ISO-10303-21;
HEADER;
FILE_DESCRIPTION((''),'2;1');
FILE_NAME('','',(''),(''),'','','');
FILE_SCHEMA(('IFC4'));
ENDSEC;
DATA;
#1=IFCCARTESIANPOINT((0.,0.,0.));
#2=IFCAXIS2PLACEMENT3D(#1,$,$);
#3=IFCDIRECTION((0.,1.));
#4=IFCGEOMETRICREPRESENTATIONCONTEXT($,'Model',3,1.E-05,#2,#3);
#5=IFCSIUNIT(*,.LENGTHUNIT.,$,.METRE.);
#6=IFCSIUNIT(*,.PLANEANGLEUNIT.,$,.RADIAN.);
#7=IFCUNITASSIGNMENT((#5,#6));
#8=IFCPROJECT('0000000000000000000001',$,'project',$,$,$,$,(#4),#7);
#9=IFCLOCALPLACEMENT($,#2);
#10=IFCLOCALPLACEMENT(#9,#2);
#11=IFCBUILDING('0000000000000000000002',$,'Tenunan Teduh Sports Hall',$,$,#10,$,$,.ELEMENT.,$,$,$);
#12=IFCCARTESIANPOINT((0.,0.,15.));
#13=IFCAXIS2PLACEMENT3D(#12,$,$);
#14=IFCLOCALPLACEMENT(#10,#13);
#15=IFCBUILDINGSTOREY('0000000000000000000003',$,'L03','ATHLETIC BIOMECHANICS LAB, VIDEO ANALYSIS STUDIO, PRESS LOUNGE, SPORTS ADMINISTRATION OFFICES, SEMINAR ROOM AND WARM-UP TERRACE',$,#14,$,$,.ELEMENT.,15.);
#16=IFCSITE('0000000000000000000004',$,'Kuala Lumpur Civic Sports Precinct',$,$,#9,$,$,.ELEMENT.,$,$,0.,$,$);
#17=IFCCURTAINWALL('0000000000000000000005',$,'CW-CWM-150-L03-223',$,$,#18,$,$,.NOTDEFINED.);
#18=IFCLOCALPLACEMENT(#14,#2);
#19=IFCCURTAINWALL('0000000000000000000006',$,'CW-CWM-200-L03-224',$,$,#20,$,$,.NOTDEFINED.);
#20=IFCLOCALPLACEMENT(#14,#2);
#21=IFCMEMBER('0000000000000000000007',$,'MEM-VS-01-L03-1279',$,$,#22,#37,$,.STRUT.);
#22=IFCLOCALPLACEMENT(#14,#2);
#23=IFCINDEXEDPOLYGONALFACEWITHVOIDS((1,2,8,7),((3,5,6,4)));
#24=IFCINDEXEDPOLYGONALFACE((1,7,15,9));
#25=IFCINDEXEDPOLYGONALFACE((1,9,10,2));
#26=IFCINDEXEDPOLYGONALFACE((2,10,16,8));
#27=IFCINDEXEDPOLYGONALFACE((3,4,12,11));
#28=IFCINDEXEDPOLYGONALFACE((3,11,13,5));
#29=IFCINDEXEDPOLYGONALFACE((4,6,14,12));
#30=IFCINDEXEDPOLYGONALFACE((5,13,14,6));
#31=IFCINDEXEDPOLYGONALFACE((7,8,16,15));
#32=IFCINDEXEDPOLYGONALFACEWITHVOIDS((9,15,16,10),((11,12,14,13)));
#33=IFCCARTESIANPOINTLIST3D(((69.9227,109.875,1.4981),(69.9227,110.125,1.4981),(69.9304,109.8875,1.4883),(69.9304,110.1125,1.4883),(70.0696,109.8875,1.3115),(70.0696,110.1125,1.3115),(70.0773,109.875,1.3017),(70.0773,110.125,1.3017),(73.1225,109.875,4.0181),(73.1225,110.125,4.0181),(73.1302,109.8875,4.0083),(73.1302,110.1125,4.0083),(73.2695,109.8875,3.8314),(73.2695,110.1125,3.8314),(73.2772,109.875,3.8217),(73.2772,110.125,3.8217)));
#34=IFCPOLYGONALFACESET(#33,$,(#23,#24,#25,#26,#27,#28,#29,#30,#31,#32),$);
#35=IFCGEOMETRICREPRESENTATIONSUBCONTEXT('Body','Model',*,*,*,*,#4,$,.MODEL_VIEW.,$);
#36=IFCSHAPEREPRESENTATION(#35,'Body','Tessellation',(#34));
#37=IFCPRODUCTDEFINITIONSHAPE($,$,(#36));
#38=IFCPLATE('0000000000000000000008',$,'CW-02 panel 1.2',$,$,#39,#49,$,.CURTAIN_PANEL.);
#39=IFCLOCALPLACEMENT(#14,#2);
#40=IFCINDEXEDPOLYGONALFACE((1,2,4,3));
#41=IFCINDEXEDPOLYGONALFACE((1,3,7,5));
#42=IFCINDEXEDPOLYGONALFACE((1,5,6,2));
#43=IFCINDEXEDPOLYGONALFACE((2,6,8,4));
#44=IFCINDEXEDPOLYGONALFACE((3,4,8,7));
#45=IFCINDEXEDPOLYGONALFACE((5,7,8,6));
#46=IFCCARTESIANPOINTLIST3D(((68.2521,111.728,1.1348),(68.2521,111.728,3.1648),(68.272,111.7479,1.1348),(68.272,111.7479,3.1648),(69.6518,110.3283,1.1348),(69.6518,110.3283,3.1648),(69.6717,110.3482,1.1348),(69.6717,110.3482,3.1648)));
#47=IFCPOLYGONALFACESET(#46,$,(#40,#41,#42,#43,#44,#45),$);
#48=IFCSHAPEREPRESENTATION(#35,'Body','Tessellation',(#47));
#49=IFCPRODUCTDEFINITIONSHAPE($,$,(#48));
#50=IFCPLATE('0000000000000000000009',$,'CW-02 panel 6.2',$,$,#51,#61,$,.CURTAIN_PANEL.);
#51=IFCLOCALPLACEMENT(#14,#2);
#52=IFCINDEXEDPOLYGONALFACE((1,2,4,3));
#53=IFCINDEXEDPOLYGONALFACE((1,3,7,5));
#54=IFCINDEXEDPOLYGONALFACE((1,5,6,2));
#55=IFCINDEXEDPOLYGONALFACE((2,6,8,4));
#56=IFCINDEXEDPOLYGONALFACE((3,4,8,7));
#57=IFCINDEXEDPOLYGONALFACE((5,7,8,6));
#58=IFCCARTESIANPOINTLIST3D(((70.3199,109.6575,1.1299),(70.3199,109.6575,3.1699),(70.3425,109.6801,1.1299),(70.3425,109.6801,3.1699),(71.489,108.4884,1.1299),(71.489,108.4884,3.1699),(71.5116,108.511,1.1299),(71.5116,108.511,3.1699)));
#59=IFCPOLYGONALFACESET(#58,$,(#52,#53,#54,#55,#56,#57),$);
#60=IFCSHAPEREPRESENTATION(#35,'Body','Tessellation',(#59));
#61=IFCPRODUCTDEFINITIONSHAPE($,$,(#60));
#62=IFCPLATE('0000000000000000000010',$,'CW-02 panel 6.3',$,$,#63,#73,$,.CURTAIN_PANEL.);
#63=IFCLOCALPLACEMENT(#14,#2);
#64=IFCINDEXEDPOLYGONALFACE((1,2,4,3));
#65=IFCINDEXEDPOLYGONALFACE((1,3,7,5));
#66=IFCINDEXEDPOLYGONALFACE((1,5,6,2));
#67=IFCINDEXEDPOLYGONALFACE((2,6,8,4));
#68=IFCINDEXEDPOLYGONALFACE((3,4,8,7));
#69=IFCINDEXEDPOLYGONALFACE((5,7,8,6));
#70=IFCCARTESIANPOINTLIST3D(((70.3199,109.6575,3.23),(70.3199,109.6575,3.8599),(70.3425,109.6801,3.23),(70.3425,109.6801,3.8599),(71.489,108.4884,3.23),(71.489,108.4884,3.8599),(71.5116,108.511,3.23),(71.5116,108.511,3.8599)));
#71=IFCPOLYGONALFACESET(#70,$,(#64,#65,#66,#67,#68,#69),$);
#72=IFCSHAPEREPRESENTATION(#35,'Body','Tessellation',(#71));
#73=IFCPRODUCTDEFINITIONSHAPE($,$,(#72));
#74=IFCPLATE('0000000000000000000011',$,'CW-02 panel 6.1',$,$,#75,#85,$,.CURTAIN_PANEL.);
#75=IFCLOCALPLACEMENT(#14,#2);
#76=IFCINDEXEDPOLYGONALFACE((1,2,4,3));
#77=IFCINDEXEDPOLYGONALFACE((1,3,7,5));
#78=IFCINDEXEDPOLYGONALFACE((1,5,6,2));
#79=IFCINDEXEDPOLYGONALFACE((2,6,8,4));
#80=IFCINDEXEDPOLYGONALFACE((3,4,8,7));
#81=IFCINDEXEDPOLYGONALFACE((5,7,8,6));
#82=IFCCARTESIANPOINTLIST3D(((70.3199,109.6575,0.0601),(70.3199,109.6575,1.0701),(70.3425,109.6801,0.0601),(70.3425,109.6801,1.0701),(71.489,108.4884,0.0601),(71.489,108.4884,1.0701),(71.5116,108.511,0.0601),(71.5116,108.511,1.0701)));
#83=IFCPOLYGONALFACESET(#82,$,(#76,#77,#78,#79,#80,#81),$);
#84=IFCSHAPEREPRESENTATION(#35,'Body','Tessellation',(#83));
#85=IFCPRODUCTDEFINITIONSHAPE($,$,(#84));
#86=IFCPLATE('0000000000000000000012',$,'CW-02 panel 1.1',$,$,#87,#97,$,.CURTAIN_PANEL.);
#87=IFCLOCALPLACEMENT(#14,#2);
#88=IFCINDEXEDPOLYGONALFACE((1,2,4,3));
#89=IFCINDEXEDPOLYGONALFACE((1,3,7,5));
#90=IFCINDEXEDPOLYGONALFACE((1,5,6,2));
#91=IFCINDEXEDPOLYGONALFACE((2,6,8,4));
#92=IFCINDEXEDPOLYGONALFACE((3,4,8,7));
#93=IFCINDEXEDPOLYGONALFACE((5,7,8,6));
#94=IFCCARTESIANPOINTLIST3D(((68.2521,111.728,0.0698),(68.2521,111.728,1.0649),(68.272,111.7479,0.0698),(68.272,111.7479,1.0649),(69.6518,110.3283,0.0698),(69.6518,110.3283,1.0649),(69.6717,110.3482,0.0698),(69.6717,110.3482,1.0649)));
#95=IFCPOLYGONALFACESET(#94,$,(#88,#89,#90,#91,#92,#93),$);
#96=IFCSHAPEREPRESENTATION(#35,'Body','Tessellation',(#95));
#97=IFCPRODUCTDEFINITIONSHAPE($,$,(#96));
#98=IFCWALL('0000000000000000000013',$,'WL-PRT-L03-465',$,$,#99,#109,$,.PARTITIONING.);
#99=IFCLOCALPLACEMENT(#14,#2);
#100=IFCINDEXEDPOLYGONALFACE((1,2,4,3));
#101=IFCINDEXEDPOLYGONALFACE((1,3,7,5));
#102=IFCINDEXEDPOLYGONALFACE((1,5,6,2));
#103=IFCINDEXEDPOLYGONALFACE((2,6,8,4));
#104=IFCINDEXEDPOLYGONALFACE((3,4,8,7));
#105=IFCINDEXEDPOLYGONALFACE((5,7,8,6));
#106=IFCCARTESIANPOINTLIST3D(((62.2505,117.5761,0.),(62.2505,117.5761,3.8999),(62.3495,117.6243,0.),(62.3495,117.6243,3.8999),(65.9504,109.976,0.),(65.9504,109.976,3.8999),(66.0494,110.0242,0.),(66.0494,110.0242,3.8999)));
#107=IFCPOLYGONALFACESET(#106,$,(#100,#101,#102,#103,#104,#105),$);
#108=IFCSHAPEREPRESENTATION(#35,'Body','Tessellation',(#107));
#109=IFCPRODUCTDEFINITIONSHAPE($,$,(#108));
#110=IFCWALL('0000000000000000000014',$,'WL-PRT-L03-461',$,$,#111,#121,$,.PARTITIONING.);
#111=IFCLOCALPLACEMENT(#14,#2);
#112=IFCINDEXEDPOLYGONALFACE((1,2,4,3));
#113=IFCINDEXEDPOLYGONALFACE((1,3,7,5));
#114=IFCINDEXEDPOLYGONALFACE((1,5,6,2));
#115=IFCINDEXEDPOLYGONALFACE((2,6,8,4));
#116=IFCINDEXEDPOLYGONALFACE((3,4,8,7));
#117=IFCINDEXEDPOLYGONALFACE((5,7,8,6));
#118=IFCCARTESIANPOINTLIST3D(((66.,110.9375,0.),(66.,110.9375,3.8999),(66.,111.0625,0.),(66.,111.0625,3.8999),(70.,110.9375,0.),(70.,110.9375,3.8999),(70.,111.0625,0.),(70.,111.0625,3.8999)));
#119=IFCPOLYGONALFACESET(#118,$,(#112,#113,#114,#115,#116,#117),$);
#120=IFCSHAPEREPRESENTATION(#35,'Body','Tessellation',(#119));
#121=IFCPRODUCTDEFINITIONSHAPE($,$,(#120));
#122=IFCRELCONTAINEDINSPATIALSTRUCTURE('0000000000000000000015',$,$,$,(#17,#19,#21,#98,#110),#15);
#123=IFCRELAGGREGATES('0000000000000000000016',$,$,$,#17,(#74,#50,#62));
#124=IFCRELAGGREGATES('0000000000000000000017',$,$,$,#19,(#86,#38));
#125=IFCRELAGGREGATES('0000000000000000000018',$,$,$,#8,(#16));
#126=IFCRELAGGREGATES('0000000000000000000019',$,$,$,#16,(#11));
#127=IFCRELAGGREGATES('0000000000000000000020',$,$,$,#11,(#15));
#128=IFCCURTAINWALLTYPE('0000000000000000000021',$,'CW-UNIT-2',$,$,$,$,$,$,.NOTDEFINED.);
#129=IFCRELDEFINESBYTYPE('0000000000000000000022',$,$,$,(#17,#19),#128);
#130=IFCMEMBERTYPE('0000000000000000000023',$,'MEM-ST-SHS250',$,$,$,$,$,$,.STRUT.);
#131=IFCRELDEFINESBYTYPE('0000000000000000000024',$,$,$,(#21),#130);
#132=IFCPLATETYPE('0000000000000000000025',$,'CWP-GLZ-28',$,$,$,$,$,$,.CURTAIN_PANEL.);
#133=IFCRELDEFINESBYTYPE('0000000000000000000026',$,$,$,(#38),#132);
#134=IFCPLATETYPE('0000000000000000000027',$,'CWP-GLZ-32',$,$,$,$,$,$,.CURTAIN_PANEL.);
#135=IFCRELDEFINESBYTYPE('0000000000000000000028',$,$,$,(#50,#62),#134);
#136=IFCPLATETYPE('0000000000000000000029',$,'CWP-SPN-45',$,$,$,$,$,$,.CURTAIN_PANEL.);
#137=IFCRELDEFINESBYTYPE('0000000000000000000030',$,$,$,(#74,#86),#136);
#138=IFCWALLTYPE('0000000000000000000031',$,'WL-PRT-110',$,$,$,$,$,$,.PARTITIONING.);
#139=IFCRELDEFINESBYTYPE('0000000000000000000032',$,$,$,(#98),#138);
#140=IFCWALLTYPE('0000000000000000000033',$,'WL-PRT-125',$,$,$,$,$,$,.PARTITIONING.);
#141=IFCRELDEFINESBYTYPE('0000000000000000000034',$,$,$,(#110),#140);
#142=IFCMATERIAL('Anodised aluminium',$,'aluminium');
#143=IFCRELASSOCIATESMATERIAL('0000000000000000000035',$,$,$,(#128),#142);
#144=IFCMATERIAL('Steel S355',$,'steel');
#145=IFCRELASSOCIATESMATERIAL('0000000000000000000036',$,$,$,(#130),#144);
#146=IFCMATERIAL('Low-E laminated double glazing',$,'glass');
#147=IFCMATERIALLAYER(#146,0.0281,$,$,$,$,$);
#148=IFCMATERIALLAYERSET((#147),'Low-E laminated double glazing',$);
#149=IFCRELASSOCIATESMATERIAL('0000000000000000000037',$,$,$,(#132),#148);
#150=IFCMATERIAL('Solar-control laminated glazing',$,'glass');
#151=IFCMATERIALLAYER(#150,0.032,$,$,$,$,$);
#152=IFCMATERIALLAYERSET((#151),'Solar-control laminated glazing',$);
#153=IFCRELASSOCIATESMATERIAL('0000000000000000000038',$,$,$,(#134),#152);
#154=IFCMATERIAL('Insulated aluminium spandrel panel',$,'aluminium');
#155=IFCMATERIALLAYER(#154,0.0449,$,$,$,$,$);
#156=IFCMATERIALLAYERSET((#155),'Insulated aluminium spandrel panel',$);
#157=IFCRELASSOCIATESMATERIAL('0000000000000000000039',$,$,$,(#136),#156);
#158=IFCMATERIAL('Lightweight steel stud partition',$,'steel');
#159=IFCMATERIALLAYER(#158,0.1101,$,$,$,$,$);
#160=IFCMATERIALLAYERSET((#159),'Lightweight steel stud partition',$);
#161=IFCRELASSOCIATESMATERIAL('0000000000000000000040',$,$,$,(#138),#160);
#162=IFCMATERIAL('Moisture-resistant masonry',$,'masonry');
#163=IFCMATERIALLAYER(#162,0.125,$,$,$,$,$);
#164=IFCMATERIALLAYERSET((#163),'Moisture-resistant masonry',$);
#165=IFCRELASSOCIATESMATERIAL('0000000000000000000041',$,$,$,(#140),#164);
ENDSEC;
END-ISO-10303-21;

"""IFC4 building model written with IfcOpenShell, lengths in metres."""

from ifc_helpers import new_model, si_unit, direction, frame, frame_2d, origin, origin_2d, place, context, subcontext, project, spatial, rectangle, hollow_rectangle, extrude, material, layer, layer_set, material_profile, profile_set, type_object, element, aggregate, save


model = new_model("IFC4")

# Units and contexts
model_context = context("Model", 3, precision=1e-05, world=origin(), true_north=direction((0.0, 1.0)))
body_context = subcontext(model_context, "Body", "Model", "MODEL_VIEW")
ifc_project = project(units=[si_unit("LENGTHUNIT", "METRE"), si_unit("PLANEANGLEUNIT", "RADIAN")], contexts=[model_context])

# Site, building, storey
site_placement = place(None, origin())
site = spatial("IfcSite", under=ifc_project, at=site_placement, Name="Kuala Lumpur Civic Sports Precinct", CompositionType="ELEMENT", RefElevation=0.0)
building_placement = place(site_placement, origin())
building = spatial("IfcBuilding", under=site, at=building_placement, Name="Tenunan Teduh Sports Hall", CompositionType="ELEMENT")
storey_placement = place(building_placement, frame((0.0, 0.0, 15.0)))
storey = spatial("IfcBuildingStorey", under=building, at=storey_placement, Name="L03", Description="ATHLETIC BIOMECHANICS LAB, VIDEO ANALYSIS STUDIO, PRESS LOUNGE, SPORTS ADMINISTRATION OFFICES, SEMINAR ROOM AND WARM-UP TERRACE", CompositionType="ELEMENT", Elevation=15.0)

# Curtain walls
ifc_material_1 = material(Name="Anodised aluminium", Category="aluminium")
curtain_wall_type = type_object("IfcCurtainWallType", Name="CW-UNIT-2", PredefinedType="NOTDEFINED", material=ifc_material_1)
curtain_wall_1_placement = place(storey_placement, origin())
curtain_wall_1 = element("IfcCurtainWall", 1, at=curtain_wall_1_placement, inside=storey, type_object=curtain_wall_type, Name="CW-CWM-150-L03-223", PredefinedType="NOTDEFINED")
curtain_wall_2_placement = place(storey_placement, origin())
curtain_wall_2 = element("IfcCurtainWall", 2, at=curtain_wall_2_placement, inside=storey, type_object=curtain_wall_type, Name="CW-CWM-200-L03-224", PredefinedType="NOTDEFINED")

# Member
ifc_material_2 = material(Name="Steel S355", Category="steel")
ifc_material_profile_1 = material_profile(ifc_material_2, hollow_rectangle(XDim=0.25, YDim=0.25, WallThickness=0.0125, at=origin_2d()), Name="SHS 250x250x12.5")
ifc_profile_set_1 = profile_set([ifc_material_profile_1], Name="Steel S355")
member_type_1 = type_object("IfcMemberType", Name="MEM-ST-SHS250", PredefinedType="STRUT", material=ifc_profile_set_1)
member_1_placement = place(storey_placement, frame((70.0, 110.0, 1.3999), z_axis=(0.785629, 0.0, 0.618697), x_axis=(0.0, 1.0, 0.0)))
element("IfcMember", 3, at=member_1_placement, inside=storey, type_object=member_type_1, Name="MEM-VS-01-L03-1279", PredefinedType="STRUT", context=body_context, shape_type="SweptSolid", body=[
    extrude(hollow_rectangle(XDim=0.25, YDim=0.25, WallThickness=0.0125, at=origin_2d()), origin(), (0.0, 0.0, 1.0), 4.073),
])

# Plates
ifc_material_3 = material(Name="Low-E laminated double glazing", Category="glass")
ifc_layer_1 = layer(ifc_material_3, 0.0281)
ifc_layer_set_1 = layer_set([ifc_layer_1], Name="Low-E laminated double glazing")
plate_type_1 = type_object("IfcPlateType", Name="CWP-GLZ-28", PredefinedType="CURTAIN_PANEL", material=ifc_layer_set_1)
plate_1_placement = place(storey_placement, frame((68.9619, 111.0381, 1.1348), z_axis=(0.0, 0.0, 1.0), x_axis=(-0.707107, 0.707107, 0.0)))
plate_1 = element("IfcPlate", 4, at=plate_1_placement, type_object=plate_type_1, Name="CW-02 panel 1.2", PredefinedType="CURTAIN_PANEL", context=body_context, shape_type="SweptSolid", body=[
    extrude(rectangle(XDim=1.9795, YDim=0.0281, at=origin_2d()), origin(), (0.0, 0.0, 1.0), 2.03),
])
ifc_material_4 = material(Name="Solar-control laminated glazing", Category="glass")
ifc_layer_2 = layer(ifc_material_4, 0.032)
ifc_layer_set_2 = layer_set([ifc_layer_2], Name="Solar-control laminated glazing")
plate_type_2 = type_object("IfcPlateType", Name="CWP-GLZ-32", PredefinedType="CURTAIN_PANEL", material=ifc_layer_set_2)
plate_2_placement = place(storey_placement, frame((70.9158, 109.0842, 1.1299), z_axis=(0.0, 0.0, 1.0), x_axis=(-0.707107, 0.707107, 0.0)))
plate_2 = element("IfcPlate", 5, at=plate_2_placement, type_object=plate_type_2, Name="CW-02 panel 6.2", PredefinedType="CURTAIN_PANEL", context=body_context, shape_type="SweptSolid", body=[
    extrude(rectangle(XDim=1.6533, YDim=0.032, at=origin_2d()), origin(), (0.0, 0.0, 1.0), 2.04),
])
plate_3_placement = place(storey_placement, frame((70.9158, 109.0842, 3.23), z_axis=(0.0, 0.0, 1.0), x_axis=(-0.707107, 0.707107, 0.0)))
plate_3 = element("IfcPlate", 6, at=plate_3_placement, type_object=plate_type_2, Name="CW-02 panel 6.3", PredefinedType="CURTAIN_PANEL", context=body_context, shape_type="SweptSolid", body=[
    extrude(rectangle(XDim=1.6533, YDim=0.032, at=origin_2d()), origin(), (0.0, 0.0, 1.0), 0.6299),
])
ifc_material_5 = material(Name="Insulated aluminium spandrel panel", Category="aluminium")
ifc_layer_3 = layer(ifc_material_5, 0.0449)
ifc_layer_set_3 = layer_set([ifc_layer_3], Name="Insulated aluminium spandrel panel")
plate_type_3 = type_object("IfcPlateType", Name="CWP-SPN-45", PredefinedType="CURTAIN_PANEL", material=ifc_layer_set_3)
plate_4_placement = place(storey_placement, frame((70.9158, 109.0842, 0.0601), z_axis=(0.0, 0.0, 1.0), x_axis=(-0.707107, 0.707107, 0.0)))
plate_4 = element("IfcPlate", 7, at=plate_4_placement, type_object=plate_type_3, Name="CW-02 panel 6.1", PredefinedType="CURTAIN_PANEL", context=body_context, shape_type="SweptSolid", body=[
    extrude(rectangle(XDim=1.6533, YDim=0.032, at=origin_2d()), origin(), (0.0, 0.0, 1.0), 1.01),
])
aggregate(curtain_wall_1, [plate_4, plate_2, plate_3])
plate_5_placement = place(storey_placement, frame((68.9619, 111.0381, 0.0698), z_axis=(0.0, 0.0, 1.0), x_axis=(-0.707107, 0.707107, 0.0)))
plate_5 = element("IfcPlate", 8, at=plate_5_placement, type_object=plate_type_3, Name="CW-02 panel 1.1", PredefinedType="CURTAIN_PANEL", context=body_context, shape_type="SweptSolid", body=[
    extrude(rectangle(XDim=1.9795, YDim=0.0281, at=origin_2d()), origin(), (0.0, 0.0, 1.0), 0.9951),
])
aggregate(curtain_wall_2, [plate_5, plate_1])

# Walls
ifc_material_6 = material(Name="Lightweight steel stud partition", Category="steel")
ifc_layer_4 = layer(ifc_material_6, 0.1101)
ifc_layer_set_4 = layer_set([ifc_layer_4], Name="Lightweight steel stud partition")
wall_type_1 = type_object("IfcWallType", Name="WL-PRT-110", PredefinedType="PARTITIONING", material=ifc_layer_set_4)
wall_1_placement = place(storey_placement, frame((66.0, 110.0, 0.0), z_axis=(0.0, 0.0, 1.0), x_axis=(-0.437715, 0.899114, 0.0)))
element("IfcWall", 9, at=wall_1_placement, inside=storey, type_object=wall_type_1, Name="WL-PRT-L03-465", PredefinedType="PARTITIONING", context=body_context, shape_type="SweptSolid", body=[
    extrude(rectangle(XDim=8.4529, YDim=0.1101, at=frame_2d((4.2266, 0.0))), origin(), (0.0, 0.0, 1.0), 3.8999),
])
ifc_material_7 = material(Name="Moisture-resistant masonry", Category="masonry")
ifc_layer_5 = layer(ifc_material_7, 0.125)
ifc_layer_set_5 = layer_set([ifc_layer_5], Name="Moisture-resistant masonry")
wall_type_2 = type_object("IfcWallType", Name="WL-PRT-125", PredefinedType="PARTITIONING", material=ifc_layer_set_5)
wall_2_placement = place(storey_placement, frame((66.0, 111.0, 0.0), z_axis=(0.0, 0.0, 1.0), x_axis=(1.0, 0.0, 0.0)))
element("IfcWall", 10, at=wall_2_placement, inside=storey, type_object=wall_type_2, Name="WL-PRT-L03-461", PredefinedType="PARTITIONING", context=body_context, shape_type="SweptSolid", body=[
    extrude(rectangle(XDim=4.0, YDim=0.125, at=frame_2d((2.0, 0.0))), origin(), (0.0, 0.0, 1.0), 3.8999),
])

save(model, "model.ifc")
